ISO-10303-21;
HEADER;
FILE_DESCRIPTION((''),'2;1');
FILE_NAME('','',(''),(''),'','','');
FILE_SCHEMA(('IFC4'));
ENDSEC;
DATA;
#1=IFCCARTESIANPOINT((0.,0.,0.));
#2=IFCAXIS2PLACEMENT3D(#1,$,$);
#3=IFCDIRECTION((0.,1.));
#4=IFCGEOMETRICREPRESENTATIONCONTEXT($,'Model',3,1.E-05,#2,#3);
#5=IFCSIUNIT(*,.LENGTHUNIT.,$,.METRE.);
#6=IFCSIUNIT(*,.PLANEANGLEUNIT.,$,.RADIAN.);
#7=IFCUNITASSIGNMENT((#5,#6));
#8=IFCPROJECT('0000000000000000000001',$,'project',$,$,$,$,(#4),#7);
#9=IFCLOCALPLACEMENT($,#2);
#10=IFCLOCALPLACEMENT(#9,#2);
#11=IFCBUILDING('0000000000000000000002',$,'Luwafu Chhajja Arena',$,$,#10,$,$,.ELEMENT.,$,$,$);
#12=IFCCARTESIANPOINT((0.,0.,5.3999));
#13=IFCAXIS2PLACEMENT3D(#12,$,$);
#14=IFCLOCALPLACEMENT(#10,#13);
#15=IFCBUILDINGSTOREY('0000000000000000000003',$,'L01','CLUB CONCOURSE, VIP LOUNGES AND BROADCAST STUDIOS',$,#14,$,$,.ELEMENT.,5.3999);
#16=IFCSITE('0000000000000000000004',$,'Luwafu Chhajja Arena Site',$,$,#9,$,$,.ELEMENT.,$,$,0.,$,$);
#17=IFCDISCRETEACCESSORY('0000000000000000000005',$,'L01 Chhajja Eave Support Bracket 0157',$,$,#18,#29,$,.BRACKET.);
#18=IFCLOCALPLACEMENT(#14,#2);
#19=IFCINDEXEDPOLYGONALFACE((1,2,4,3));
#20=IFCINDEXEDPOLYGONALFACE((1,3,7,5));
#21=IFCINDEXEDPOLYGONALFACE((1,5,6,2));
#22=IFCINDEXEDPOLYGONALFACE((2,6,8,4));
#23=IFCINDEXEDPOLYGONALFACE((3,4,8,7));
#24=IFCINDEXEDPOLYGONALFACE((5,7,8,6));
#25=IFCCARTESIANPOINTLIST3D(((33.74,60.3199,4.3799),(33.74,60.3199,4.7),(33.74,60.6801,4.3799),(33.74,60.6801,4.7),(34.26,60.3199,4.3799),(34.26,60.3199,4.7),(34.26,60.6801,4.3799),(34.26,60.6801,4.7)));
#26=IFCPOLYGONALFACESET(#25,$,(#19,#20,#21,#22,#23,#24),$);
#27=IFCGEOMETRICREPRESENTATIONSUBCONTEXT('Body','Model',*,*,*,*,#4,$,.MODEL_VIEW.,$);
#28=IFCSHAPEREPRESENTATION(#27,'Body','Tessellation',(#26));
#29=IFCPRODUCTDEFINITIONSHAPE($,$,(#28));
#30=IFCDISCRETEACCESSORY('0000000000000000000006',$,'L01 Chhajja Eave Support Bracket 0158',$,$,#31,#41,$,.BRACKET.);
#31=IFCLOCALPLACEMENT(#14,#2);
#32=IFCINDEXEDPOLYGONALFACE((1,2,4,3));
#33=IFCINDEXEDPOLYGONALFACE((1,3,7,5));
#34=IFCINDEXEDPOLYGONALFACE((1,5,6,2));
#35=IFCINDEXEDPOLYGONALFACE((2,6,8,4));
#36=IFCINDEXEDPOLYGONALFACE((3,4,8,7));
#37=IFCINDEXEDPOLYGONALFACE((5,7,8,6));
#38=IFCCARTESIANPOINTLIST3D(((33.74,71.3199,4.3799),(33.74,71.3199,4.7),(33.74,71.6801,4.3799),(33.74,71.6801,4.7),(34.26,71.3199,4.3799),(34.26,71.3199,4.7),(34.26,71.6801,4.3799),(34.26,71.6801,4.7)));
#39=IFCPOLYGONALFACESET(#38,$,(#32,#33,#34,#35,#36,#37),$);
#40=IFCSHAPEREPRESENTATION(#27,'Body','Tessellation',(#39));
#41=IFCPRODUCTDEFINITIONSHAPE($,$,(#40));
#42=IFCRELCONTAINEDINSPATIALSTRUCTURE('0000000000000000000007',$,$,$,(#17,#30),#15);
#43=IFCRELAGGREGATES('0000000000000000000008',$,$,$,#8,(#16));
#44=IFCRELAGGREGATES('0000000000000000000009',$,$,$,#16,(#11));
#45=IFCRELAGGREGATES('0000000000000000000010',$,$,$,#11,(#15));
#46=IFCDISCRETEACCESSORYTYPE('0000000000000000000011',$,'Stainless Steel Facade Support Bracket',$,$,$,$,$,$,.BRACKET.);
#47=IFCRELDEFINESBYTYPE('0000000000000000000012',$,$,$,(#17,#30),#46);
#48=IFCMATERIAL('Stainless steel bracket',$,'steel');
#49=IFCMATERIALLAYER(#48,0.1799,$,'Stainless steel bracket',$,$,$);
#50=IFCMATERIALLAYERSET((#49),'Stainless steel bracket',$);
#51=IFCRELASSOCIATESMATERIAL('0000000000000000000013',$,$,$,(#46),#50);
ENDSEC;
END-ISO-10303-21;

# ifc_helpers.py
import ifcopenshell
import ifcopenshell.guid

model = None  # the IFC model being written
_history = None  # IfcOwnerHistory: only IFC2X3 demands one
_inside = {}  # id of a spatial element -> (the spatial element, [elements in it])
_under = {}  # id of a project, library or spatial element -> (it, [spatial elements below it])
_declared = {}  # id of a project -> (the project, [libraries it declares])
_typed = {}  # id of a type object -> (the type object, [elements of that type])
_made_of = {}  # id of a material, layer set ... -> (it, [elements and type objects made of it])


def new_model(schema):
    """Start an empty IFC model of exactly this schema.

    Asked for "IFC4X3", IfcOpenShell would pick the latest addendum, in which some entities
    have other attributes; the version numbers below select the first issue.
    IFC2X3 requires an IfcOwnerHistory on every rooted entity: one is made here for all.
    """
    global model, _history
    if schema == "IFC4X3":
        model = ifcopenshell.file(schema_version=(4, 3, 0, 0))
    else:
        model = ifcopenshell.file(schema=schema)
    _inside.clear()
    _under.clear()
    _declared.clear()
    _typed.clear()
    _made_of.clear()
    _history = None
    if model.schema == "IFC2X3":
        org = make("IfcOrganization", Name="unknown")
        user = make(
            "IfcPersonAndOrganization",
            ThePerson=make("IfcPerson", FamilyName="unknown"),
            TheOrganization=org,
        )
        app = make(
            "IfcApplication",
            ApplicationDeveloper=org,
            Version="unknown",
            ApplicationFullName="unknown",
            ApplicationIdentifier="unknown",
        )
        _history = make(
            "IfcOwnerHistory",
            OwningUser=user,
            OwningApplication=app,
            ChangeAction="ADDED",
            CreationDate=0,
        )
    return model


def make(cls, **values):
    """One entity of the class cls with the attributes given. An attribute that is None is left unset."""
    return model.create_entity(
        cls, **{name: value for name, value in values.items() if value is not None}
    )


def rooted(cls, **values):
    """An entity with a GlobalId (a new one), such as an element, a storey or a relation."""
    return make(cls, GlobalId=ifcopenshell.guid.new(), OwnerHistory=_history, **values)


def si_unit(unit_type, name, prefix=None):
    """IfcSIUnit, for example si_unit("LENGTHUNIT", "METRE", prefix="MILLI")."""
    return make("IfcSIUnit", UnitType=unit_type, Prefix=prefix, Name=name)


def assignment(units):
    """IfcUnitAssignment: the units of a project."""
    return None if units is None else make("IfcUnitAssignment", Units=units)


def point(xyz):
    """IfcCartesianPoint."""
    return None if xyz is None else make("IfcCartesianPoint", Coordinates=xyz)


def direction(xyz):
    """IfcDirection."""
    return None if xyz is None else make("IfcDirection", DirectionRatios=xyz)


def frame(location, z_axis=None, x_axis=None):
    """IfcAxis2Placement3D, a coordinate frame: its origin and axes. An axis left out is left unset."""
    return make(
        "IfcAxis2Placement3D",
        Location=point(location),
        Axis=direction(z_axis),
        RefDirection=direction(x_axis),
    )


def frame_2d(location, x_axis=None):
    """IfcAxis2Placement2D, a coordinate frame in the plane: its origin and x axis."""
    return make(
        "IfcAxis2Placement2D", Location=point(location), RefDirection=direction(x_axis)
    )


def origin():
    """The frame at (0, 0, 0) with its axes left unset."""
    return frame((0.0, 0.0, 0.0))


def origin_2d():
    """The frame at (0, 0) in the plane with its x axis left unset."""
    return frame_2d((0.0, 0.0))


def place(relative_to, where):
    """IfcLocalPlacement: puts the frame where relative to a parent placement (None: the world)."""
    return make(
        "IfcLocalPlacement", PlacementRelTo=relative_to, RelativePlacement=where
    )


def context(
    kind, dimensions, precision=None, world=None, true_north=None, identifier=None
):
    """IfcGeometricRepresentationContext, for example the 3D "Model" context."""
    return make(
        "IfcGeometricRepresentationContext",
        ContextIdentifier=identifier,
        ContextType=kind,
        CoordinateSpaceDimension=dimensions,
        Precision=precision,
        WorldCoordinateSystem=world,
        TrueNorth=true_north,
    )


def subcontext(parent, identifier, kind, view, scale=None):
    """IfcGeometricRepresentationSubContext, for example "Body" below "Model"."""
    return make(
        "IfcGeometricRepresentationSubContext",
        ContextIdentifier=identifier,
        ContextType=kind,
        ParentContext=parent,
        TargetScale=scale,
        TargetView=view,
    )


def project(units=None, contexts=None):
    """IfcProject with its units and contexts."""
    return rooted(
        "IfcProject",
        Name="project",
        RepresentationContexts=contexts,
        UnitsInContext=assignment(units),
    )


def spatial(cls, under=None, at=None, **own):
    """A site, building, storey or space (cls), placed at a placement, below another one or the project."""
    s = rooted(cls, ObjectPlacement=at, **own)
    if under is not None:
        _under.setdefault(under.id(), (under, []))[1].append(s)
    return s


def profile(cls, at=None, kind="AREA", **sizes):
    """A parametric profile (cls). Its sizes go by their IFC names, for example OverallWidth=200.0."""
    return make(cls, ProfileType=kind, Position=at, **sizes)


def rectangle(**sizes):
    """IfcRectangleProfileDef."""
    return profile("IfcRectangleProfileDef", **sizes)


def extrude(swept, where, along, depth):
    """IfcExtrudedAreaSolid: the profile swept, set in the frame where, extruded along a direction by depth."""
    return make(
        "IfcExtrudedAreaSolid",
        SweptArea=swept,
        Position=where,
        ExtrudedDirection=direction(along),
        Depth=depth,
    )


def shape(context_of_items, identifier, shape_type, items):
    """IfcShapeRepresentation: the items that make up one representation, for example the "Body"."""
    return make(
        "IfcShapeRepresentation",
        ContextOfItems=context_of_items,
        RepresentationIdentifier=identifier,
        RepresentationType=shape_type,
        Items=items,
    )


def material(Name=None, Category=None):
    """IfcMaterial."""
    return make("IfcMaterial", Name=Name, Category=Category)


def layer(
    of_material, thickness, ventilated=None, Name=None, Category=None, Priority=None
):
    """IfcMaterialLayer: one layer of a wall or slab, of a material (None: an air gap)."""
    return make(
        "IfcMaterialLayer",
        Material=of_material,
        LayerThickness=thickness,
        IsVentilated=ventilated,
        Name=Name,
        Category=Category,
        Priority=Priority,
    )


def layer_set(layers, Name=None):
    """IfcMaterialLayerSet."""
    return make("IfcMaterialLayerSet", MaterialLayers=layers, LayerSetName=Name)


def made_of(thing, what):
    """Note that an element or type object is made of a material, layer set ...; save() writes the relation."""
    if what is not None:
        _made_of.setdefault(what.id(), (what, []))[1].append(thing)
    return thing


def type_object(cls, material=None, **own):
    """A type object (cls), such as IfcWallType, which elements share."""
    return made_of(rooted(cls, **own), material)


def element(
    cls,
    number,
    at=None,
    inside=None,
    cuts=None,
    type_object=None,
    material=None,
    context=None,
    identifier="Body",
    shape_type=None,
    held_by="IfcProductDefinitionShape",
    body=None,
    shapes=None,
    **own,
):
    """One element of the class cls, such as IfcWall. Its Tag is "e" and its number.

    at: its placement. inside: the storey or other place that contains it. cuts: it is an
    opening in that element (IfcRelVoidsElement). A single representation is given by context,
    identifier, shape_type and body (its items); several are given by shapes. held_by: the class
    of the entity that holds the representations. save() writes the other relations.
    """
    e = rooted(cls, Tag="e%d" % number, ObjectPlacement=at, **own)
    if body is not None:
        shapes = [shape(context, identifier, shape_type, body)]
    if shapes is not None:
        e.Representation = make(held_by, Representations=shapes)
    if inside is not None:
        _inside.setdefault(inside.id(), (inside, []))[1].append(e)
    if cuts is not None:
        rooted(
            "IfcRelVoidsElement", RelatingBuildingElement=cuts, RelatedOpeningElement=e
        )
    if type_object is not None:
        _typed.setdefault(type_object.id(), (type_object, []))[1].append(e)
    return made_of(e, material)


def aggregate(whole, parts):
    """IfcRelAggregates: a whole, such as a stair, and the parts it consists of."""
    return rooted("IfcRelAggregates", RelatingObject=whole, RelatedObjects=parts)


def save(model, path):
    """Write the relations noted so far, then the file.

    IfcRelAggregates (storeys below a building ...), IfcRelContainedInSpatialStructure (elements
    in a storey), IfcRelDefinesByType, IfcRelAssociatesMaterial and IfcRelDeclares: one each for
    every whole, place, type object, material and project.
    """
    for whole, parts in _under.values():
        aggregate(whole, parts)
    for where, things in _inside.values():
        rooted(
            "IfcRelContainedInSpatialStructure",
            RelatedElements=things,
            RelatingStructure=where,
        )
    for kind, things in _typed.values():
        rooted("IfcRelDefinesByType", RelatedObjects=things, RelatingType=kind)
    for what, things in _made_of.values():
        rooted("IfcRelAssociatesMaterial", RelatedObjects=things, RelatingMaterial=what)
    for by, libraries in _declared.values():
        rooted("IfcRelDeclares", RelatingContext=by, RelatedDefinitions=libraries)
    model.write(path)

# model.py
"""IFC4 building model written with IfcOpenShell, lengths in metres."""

from ifc_helpers import new_model, si_unit, direction, frame, origin, origin_2d, place, context, subcontext, project, spatial, rectangle, extrude, material, layer, layer_set, type_object, element, save


model = new_model("IFC4")

# Units and contexts
model_context = context("Model", 3, precision=1e-05, world=origin(), true_north=direction((0.0, 1.0)))
body_context = subcontext(model_context, "Body", "Model", "MODEL_VIEW")
ifc_project = project(units=[si_unit("LENGTHUNIT", "METRE"), si_unit("PLANEANGLEUNIT", "RADIAN")], contexts=[model_context])

# Site, building, storey
site_placement = place(None, origin())
site = spatial("IfcSite", under=ifc_project, at=site_placement, Name="Luwafu Chhajja Arena Site", CompositionType="ELEMENT", RefElevation=0.0)
building_placement = place(site_placement, origin())
building = spatial("IfcBuilding", under=site, at=building_placement, Name="Luwafu Chhajja Arena", CompositionType="ELEMENT")
storey_placement = place(building_placement, frame((0.0, 0.0, 5.3999)))
storey = spatial("IfcBuildingStorey", under=building, at=storey_placement, Name="L01", Description="CLUB CONCOURSE, VIP LOUNGES AND BROADCAST STUDIOS", CompositionType="ELEMENT", Elevation=5.3999)

# Discrete accessories
ifc_material_1 = material(Name="Stainless steel bracket", Category="steel")
ifc_layer_1 = layer(ifc_material_1, 0.1799, Name="Stainless steel bracket")
ifc_layer_set_1 = layer_set([ifc_layer_1], Name="Stainless steel bracket")
discrete_accessory_type = type_object("IfcDiscreteAccessoryType", Name="Stainless Steel Facade Support Bracket", PredefinedType="BRACKET", material=ifc_layer_set_1)
for number, where, z_axis, x_axis, name in (
    (1, (34.0, 60.5, 4.3799), (0.0, 0.0, 1.0), (0.0, 1.0, 0.0), "L01 Chhajja Eave Support Bracket 0157"),
    (2, (34.0, 71.5, 4.3799), (0.0, 0.0, 1.0), (0.0, 1.0, 0.0), "L01 Chhajja Eave Support Bracket 0158"),
):
    element("IfcDiscreteAccessory", number, at=place(storey_placement, frame(where, z_axis=z_axis, x_axis=x_axis)), inside=storey, type_object=discrete_accessory_type, Name=name, PredefinedType="BRACKET", context=body_context, shape_type="SweptSolid", body=[
        extrude(rectangle(XDim=0.3601, YDim=0.52, at=origin_2d()), origin(), (0.0, 0.0, 1.0), 0.3201),
    ])

save(model, "model.ifc")
